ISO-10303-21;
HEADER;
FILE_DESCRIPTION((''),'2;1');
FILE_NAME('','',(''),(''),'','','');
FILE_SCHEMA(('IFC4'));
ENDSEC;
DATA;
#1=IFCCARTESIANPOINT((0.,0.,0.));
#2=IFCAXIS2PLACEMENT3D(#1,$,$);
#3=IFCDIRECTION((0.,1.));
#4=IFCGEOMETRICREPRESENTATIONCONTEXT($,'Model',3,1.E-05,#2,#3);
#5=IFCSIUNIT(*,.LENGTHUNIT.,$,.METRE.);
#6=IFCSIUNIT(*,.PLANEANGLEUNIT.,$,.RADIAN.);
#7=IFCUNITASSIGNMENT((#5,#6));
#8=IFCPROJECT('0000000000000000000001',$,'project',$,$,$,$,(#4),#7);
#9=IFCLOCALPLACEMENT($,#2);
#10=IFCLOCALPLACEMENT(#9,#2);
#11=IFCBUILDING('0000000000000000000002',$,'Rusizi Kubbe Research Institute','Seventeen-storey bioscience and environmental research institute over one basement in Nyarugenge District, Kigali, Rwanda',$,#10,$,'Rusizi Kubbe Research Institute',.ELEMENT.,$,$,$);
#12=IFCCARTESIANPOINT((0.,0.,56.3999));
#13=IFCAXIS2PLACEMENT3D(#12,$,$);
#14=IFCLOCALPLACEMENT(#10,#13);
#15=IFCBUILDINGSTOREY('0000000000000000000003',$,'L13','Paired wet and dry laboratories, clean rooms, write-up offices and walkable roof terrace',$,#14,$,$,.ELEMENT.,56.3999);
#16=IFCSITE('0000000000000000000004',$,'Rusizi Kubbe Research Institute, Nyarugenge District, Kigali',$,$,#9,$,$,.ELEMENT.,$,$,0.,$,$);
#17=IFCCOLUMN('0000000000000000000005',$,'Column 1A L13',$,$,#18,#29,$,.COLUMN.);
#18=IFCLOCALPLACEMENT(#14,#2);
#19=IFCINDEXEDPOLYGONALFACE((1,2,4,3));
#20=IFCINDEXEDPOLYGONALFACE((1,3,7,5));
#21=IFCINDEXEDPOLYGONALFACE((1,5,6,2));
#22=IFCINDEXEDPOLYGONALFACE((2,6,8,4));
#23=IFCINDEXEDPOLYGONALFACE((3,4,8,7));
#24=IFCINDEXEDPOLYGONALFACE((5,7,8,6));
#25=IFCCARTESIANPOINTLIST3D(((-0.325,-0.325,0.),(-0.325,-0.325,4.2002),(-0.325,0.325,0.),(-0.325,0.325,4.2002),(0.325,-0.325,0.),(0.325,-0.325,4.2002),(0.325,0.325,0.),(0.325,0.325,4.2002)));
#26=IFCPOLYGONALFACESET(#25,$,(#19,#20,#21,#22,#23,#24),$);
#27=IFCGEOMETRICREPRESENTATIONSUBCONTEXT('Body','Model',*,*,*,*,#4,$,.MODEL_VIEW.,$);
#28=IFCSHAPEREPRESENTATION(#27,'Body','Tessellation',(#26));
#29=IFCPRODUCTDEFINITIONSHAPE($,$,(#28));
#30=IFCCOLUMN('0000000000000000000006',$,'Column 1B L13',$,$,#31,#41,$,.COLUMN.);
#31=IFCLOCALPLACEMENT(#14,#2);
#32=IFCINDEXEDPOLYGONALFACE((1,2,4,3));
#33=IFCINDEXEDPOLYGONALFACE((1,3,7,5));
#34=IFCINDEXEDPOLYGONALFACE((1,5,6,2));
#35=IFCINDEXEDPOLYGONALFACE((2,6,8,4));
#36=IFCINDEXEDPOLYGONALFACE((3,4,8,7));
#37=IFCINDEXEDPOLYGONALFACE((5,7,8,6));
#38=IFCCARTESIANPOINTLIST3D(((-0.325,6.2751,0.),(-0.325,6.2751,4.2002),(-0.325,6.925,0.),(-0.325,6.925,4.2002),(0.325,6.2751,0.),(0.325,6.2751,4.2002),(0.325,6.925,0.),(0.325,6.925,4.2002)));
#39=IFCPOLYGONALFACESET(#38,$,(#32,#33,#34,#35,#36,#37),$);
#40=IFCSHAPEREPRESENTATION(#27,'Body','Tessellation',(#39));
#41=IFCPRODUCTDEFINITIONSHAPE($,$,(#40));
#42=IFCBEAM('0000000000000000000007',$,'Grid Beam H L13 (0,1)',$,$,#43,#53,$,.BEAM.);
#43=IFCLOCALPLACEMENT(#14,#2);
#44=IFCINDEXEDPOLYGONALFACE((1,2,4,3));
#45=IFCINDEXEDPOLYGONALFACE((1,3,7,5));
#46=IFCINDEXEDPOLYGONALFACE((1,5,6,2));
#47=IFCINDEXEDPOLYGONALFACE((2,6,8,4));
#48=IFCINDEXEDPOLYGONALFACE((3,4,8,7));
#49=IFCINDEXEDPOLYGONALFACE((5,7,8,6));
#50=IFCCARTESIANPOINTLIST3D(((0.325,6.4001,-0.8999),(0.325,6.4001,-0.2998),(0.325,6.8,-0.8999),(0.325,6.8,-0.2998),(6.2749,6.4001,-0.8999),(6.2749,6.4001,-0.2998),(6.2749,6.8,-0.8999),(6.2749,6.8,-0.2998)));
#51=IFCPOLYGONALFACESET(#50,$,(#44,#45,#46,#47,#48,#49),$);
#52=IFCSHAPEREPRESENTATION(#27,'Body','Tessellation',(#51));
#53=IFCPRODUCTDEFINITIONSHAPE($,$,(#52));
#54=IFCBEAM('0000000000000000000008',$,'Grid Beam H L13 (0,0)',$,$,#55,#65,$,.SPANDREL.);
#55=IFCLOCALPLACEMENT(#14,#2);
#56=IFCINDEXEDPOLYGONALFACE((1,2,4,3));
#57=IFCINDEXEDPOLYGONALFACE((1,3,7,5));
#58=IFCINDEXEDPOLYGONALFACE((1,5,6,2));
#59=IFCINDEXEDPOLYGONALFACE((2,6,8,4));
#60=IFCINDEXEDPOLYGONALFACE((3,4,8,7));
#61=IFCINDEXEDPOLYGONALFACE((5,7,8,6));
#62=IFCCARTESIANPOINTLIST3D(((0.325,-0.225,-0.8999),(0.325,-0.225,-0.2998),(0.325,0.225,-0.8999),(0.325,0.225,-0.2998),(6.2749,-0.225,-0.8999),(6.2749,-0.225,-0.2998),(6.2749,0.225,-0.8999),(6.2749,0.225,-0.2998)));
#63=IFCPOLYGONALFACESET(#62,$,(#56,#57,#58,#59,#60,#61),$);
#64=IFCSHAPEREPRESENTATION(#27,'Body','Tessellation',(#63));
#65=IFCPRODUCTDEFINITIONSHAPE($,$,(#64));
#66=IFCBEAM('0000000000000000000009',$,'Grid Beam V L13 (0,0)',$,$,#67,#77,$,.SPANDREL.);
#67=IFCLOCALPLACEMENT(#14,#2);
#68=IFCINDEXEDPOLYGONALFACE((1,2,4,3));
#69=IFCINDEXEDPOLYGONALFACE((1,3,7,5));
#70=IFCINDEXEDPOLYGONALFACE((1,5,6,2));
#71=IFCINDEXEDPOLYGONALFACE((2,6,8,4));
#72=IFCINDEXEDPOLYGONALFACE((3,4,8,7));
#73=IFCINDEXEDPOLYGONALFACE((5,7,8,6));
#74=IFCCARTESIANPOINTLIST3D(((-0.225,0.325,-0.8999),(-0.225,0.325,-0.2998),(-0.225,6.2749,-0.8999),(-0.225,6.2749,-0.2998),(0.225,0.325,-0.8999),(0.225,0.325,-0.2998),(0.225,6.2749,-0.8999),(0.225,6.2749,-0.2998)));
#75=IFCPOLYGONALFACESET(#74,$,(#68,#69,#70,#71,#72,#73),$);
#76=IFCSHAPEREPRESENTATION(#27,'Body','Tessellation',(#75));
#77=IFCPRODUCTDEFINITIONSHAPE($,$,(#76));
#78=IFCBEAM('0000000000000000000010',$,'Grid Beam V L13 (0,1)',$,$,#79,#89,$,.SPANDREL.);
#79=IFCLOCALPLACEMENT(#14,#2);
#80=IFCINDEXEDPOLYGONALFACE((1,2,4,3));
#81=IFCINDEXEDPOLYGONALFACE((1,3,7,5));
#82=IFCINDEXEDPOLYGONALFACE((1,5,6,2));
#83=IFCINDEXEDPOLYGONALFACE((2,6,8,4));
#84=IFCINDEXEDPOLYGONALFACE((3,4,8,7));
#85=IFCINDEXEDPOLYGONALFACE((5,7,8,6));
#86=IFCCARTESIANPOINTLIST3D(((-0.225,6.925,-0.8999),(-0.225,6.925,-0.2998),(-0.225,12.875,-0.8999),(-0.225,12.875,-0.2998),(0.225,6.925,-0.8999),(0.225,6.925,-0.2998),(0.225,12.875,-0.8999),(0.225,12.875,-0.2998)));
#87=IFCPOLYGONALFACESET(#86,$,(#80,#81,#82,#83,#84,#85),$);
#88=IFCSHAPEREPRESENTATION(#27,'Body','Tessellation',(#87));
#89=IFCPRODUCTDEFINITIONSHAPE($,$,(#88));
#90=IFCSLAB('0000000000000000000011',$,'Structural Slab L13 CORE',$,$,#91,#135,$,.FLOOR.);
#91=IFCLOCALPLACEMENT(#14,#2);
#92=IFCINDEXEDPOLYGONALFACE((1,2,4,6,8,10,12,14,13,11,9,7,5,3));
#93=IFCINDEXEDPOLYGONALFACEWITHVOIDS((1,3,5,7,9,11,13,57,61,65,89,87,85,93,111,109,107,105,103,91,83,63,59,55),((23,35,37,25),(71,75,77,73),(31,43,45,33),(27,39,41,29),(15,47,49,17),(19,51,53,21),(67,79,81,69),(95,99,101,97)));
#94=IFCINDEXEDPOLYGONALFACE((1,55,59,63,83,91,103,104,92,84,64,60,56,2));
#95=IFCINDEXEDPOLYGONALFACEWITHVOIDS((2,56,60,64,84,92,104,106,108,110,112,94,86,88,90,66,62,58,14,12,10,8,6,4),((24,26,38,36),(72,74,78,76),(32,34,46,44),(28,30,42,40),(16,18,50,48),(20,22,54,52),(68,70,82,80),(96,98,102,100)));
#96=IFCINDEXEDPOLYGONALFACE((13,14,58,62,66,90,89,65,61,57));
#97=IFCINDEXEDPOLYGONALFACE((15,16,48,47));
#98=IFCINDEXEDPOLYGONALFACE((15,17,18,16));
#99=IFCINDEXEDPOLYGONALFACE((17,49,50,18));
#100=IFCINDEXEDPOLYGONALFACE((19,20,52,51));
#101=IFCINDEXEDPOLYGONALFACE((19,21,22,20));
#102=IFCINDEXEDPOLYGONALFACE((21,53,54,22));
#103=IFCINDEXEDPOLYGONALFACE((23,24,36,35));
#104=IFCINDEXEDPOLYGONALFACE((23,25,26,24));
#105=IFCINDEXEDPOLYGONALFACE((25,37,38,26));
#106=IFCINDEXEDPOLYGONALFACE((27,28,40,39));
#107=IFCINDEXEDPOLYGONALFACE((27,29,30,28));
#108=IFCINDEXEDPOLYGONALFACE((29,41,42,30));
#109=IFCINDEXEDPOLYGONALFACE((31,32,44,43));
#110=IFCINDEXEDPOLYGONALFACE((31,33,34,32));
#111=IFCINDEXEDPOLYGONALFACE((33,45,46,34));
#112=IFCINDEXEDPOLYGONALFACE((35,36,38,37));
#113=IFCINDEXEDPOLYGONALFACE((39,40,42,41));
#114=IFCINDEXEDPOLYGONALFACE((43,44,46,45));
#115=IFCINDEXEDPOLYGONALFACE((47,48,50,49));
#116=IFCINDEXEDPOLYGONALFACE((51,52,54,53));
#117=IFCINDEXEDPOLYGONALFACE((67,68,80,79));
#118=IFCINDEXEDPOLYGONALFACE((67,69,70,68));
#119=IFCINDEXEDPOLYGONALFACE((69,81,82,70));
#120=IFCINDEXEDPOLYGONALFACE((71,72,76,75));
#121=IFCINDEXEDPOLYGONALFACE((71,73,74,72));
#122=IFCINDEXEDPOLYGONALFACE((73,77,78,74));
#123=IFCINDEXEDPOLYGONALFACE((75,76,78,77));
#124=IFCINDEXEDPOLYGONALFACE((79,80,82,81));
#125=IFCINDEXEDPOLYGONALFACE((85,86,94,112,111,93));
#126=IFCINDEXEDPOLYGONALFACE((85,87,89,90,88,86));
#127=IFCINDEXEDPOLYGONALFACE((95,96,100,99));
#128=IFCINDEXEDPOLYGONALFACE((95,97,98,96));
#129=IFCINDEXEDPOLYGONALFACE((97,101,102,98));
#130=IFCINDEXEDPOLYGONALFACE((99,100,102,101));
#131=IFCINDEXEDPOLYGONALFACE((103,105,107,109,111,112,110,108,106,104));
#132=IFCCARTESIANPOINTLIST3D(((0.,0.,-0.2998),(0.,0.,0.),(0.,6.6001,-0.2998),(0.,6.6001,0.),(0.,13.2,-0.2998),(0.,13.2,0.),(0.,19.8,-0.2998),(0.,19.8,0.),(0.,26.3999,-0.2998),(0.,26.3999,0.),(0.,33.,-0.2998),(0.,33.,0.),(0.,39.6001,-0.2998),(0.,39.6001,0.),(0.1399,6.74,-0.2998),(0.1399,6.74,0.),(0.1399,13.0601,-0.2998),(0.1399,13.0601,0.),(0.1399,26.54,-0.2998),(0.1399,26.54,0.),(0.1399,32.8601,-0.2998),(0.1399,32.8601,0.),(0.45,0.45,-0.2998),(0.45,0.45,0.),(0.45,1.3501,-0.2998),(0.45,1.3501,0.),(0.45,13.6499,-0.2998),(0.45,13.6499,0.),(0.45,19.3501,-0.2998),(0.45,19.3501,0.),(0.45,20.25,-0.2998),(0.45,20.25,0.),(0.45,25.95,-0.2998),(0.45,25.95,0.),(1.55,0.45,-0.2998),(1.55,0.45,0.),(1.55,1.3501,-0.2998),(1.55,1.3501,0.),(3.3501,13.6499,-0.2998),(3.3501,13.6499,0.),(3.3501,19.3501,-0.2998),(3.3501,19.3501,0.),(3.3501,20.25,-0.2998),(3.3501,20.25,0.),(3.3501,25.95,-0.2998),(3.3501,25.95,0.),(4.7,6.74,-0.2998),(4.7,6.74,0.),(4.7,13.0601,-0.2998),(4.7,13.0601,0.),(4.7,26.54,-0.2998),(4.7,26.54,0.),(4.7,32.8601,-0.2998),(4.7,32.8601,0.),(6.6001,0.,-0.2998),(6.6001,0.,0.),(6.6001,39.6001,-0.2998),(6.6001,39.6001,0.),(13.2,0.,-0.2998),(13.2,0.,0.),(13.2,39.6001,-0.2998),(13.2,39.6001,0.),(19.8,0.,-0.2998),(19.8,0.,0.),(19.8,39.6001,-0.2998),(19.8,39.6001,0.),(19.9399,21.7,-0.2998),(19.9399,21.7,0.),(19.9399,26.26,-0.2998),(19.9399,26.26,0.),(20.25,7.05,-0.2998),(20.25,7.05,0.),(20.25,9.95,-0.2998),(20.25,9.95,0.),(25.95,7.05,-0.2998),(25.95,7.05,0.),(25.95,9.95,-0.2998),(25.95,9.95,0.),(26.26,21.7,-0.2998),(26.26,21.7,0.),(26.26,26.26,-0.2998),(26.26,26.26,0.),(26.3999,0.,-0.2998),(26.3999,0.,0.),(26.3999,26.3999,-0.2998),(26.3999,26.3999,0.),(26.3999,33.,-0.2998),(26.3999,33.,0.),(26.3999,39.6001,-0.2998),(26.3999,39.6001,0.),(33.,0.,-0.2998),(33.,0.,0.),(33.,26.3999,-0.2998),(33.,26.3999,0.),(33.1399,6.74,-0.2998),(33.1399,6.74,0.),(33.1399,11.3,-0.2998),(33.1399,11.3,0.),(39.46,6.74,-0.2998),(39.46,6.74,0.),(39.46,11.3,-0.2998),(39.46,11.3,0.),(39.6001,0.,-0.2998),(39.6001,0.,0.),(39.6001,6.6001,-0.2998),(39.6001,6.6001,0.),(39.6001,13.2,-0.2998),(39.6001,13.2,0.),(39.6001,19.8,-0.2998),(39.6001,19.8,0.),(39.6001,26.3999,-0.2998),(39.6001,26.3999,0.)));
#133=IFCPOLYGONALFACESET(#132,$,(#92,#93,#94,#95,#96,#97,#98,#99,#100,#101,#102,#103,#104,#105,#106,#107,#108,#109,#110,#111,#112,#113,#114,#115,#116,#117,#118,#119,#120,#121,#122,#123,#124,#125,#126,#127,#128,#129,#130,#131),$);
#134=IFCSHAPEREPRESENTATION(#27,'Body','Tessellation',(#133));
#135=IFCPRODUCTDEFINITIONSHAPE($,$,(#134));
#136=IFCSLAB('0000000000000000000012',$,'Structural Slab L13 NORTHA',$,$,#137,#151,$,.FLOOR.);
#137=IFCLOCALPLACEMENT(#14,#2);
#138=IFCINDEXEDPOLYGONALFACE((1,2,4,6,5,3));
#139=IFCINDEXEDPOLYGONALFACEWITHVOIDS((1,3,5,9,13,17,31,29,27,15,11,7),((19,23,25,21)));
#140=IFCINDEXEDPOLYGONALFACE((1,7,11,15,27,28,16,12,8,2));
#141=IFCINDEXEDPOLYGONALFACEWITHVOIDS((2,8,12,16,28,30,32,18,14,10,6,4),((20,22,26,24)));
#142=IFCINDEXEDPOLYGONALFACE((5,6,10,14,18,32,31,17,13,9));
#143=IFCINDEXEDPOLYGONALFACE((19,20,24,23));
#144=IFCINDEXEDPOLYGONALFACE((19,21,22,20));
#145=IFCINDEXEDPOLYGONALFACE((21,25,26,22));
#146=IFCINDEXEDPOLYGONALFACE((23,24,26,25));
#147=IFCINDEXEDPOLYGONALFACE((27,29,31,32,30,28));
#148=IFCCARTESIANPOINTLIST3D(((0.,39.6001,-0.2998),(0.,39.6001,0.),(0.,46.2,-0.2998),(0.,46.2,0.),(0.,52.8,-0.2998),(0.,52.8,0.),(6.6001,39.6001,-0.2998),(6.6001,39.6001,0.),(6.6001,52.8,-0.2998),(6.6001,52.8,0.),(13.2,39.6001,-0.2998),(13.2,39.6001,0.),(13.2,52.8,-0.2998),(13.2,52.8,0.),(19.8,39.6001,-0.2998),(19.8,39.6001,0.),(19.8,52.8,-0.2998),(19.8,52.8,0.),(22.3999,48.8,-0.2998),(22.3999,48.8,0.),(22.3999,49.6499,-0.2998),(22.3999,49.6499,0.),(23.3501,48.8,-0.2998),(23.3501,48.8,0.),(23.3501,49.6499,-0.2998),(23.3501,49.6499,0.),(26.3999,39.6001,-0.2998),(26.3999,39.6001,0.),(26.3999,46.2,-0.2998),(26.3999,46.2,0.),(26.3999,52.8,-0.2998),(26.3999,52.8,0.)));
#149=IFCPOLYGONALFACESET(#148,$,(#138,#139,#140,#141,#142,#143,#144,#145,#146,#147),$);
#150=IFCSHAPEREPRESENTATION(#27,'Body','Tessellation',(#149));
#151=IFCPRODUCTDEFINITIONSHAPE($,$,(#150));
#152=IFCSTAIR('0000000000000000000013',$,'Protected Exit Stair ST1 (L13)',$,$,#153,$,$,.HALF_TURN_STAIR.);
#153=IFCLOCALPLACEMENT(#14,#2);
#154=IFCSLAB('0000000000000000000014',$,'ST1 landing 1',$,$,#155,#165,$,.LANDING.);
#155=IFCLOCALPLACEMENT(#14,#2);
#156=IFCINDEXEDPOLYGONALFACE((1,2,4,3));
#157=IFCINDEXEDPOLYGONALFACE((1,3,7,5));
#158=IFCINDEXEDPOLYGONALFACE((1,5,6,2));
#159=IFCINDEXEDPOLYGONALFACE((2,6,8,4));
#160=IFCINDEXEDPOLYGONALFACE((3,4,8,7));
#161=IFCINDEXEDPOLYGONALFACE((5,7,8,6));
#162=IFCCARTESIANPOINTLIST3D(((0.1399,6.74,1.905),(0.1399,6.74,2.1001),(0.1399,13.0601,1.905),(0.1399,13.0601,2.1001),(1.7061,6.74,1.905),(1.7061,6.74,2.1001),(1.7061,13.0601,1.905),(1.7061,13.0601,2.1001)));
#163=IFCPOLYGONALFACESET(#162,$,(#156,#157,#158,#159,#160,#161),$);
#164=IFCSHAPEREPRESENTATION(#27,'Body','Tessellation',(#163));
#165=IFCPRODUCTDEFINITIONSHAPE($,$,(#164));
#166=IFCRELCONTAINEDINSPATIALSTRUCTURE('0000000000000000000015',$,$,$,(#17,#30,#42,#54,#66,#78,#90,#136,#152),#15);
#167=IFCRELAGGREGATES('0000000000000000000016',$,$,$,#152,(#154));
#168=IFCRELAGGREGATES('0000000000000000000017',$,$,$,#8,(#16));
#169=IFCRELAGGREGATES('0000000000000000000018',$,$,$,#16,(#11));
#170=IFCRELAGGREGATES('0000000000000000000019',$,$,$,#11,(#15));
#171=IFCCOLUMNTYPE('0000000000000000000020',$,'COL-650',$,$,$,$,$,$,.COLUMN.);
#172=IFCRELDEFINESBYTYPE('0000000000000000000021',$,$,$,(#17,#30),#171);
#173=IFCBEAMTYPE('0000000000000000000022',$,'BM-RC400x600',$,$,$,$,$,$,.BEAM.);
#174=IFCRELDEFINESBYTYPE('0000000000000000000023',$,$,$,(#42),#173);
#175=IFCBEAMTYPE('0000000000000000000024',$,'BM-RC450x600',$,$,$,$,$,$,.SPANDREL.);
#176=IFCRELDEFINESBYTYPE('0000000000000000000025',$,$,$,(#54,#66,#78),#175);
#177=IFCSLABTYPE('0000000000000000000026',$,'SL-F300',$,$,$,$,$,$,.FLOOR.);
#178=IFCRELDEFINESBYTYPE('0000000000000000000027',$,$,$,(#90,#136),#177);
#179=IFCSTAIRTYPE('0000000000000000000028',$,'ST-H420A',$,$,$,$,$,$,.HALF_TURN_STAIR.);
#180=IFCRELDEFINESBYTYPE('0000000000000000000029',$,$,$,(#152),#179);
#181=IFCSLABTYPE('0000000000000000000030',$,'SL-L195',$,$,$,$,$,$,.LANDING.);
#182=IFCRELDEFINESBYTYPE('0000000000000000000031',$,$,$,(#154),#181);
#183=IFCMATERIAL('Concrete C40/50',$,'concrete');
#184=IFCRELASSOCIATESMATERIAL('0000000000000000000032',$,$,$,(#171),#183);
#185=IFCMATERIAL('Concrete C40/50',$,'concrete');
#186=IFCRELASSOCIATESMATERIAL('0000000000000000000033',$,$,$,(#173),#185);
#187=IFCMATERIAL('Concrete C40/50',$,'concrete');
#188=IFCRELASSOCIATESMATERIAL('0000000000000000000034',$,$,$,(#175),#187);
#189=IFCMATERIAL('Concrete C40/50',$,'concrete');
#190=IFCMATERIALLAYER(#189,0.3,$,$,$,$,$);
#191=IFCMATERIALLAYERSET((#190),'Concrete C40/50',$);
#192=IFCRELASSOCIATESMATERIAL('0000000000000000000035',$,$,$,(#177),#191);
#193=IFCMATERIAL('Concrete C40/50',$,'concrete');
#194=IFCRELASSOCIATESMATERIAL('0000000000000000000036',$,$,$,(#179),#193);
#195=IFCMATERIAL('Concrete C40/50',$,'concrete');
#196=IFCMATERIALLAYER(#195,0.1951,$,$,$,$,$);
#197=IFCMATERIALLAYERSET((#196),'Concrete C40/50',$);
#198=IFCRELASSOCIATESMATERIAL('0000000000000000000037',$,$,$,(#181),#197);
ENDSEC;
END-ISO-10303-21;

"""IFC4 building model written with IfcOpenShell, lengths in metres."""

from ifc_helpers import new_model, si_unit, direction, frame, origin, origin_2d, place, context, subcontext, project, spatial, polyline, rectangle, outline, extrude, material, layer, layer_set, material_profile, profile_set, type_object, element, aggregate, save


model = new_model("IFC4")

# Units and contexts
model_context = context("Model", 3, precision=1e-05, world=origin(), true_north=direction((0.0, 1.0)))
body_context = subcontext(model_context, "Body", "Model", "MODEL_VIEW")
ifc_project = project(units=[si_unit("LENGTHUNIT", "METRE"), si_unit("PLANEANGLEUNIT", "RADIAN")], contexts=[model_context])

# Site, building, storey
site_placement = place(None, origin())
site = spatial("IfcSite", under=ifc_project, at=site_placement, Name="Rusizi Kubbe Research Institute, Nyarugenge District, Kigali", CompositionType="ELEMENT", RefElevation=0.0)
building_placement = place(site_placement, origin())
building = spatial("IfcBuilding", under=site, at=building_placement, Name="Rusizi Kubbe Research Institute", Description="Seventeen-storey bioscience and environmental research institute over one basement in Nyarugenge District, Kigali, Rwanda", LongName="Rusizi Kubbe Research Institute", CompositionType="ELEMENT")
storey_placement = place(building_placement, frame((0.0, 0.0, 56.3999)))
storey = spatial("IfcBuildingStorey", under=building, at=storey_placement, Name="L13", Description="Paired wet and dry laboratories, clean rooms, write-up offices and walkable roof terrace", CompositionType="ELEMENT", Elevation=56.3999)

# Columns
ifc_material_1 = material(Name="Concrete C40/50", Category="concrete")
ifc_material_profile_1 = material_profile(ifc_material_1, rectangle(XDim=0.6499, YDim=0.6499, at=origin_2d()), Name="RC650x650")
ifc_profile_set_1 = profile_set([ifc_material_profile_1], Name="Concrete C40/50")
column_type = type_object("IfcColumnType", Name="COL-650", PredefinedType="COLUMN", material=ifc_profile_set_1)
for number, where, z_axis, x_axis, name in (
    (1, (0.0, 0.0, 0.0), (0.0, 0.0, 1.0), (1.0, 0.0, 0.0), "Column 1A L13"),
    (2, (0.0, 6.6001, 0.0), (0.0, 0.0, 1.0), (1.0, 0.0, 0.0), "Column 1B L13"),
):
    element("IfcColumn", number, at=place(storey_placement, frame(where, z_axis=z_axis, x_axis=x_axis)), inside=storey, type_object=column_type, Name=name, PredefinedType="COLUMN", context=body_context, shape_type="SweptSolid", body=[
        extrude(rectangle(XDim=0.6499, YDim=0.6499, at=origin_2d()), origin(), (0.0, 0.0, 1.0), 4.2002),
    ])

# Beams
ifc_material_2 = material(Name="Concrete C40/50", Category="concrete")
ifc_material_profile_2 = material_profile(ifc_material_2, rectangle(XDim=0.3999, YDim=0.6001, at=origin_2d()), Name="RC400x600")
ifc_profile_set_2 = profile_set([ifc_material_profile_2], Name="Concrete C40/50")
beam_type_1 = type_object("IfcBeamType", Name="BM-RC400x600", PredefinedType="BEAM", material=ifc_profile_set_2)
beam_placement = place(storey_placement, frame((0.325, 6.6001, -0.5999), z_axis=(1.0, 0.0, 0.0), x_axis=(0.0, 1.0, 0.0)))
element("IfcBeam", 3, at=beam_placement, inside=storey, type_object=beam_type_1, Name="Grid Beam H L13 (0,1)", PredefinedType="BEAM", context=body_context, shape_type="SweptSolid", body=[
    extrude(rectangle(XDim=0.3999, YDim=0.6001, at=origin_2d()), origin(), (0.0, 0.0, 1.0), 5.95),
])
ifc_material_3 = material(Name="Concrete C40/50", Category="concrete")
ifc_material_profile_3 = material_profile(ifc_material_3, rectangle(XDim=0.45, YDim=0.6001, at=origin_2d()), Name="RC450x600")
ifc_profile_set_3 = profile_set([ifc_material_profile_3], Name="Concrete C40/50")
beam_type_2 = type_object("IfcBeamType", Name="BM-RC450x600", PredefinedType="SPANDREL", material=ifc_profile_set_3)
for number, where, z_axis, x_axis, name in (
    (4, (0.325, 0.0, -0.5999), (1.0, 0.0, 0.0), (0.0, 1.0, 0.0), "Grid Beam H L13 (0,0)"),
    (5, (0.0, 0.325, -0.5999), (0.0, 1.0, 0.0), (-1.0, 0.0, 0.0), "Grid Beam V L13 (0,0)"),
    (6, (0.0, 6.925, -0.5999), (0.0, 1.0, 0.0), (-1.0, 0.0, 0.0), "Grid Beam V L13 (0,1)"),
):
    element("IfcBeam", number, at=place(storey_placement, frame(where, z_axis=z_axis, x_axis=x_axis)), inside=storey, type_object=beam_type_2, Name=name, PredefinedType="SPANDREL", context=body_context, shape_type="SweptSolid", body=[
        extrude(rectangle(XDim=0.45, YDim=0.6001, at=origin_2d()), origin(), (0.0, 0.0, 1.0), 5.95),
    ])

# Slabs
ifc_material_4 = material(Name="Concrete C40/50", Category="concrete")
ifc_layer_1 = layer(ifc_material_4, 0.3)
ifc_layer_set_1 = layer_set([ifc_layer_1], Name="Concrete C40/50")
slab_type_1 = type_object("IfcSlabType", Name="SL-F300", PredefinedType="FLOOR", material=ifc_layer_set_1)
slab_1_placement = place(storey_placement, frame((0.0, 0.0, -0.2998)))
element("IfcSlab", 7, at=slab_1_placement, inside=storey, type_object=slab_type_1, Name="Structural Slab L13 CORE", PredefinedType="FLOOR", context=body_context, shape_type="SweptSolid", body=[
    extrude(outline(polyline([(0.0, 33.0), (0.0, 39.6001), (6.6001, 39.6001), (13.2, 39.6001), (19.8, 39.6001), (26.3999, 39.6001), (26.3999, 33.0), (26.3999, 26.3999), (33.0, 26.3999), (39.6001, 26.3999), (39.6001, 19.8), (39.6001, 13.2), (39.6001, 6.6001), (39.6001, 0.0), (33.0, 0.0), (26.3999, 0.0), (19.8, 0.0), (13.2, 0.0), (6.6001, 0.0), (0.0, 0.0), (0.0, 6.6001), (0.0, 13.2), (0.0, 19.8), (0.0, 26.3999), (0.0, 33.0)]), holes=[polyline([(0.45, 1.3501), (0.45, 0.45), (1.55, 0.45), (1.55, 1.3501), (0.45, 1.3501)]), polyline([(20.25, 9.95), (20.25, 7.05), (25.95, 7.05), (25.95, 9.95), (20.25, 9.95)]), polyline([(33.1399, 11.3), (33.1399, 6.74), (39.46, 6.74), (39.46, 11.3), (33.1399, 11.3)]), polyline([(0.1399, 13.0601), (0.1399, 6.74), (4.7, 6.74), (4.7, 13.0601), (0.1399, 13.0601)]), polyline([(0.45, 19.3501), (0.45, 13.6499), (3.3501, 13.6499), (3.3501, 19.3501), (0.45, 19.3501)]), polyline([(0.45, 25.95), (0.45, 20.25), (3.3501, 20.25), (3.3501, 25.95), (0.45, 25.95)]), polyline([(19.9399, 26.26), (19.9399, 21.7), (26.26, 21.7), (26.26, 26.26), (19.9399, 26.26)]), polyline([(0.1399, 32.8601), (0.1399, 26.54), (4.7, 26.54), (4.7, 32.8601), (0.1399, 32.8601)])]), origin(), (0.0, 0.0, 1.0), 0.2998),
])
slab_2_placement = place(storey_placement, frame((0.0, 0.0, -0.2998)))
element("IfcSlab", 8, at=slab_2_placement, inside=storey, type_object=slab_type_1, Name="Structural Slab L13 NORTHA", PredefinedType="FLOOR", context=body_context, shape_type="SweptSolid", body=[
    extrude(outline(polyline([(19.8, 39.6001), (13.2, 39.6001), (6.6001, 39.6001), (0.0, 39.6001), (0.0, 46.2), (0.0, 52.8), (6.6001, 52.8), (13.2, 52.8), (19.8, 52.8), (26.3999, 52.8), (26.3999, 46.2), (26.3999, 39.6001), (19.8, 39.6001)]), holes=[polyline([(23.3501, 49.6499), (22.3999, 49.6499), (22.3999, 48.8), (23.3501, 48.8), (23.3501, 49.6499)])]), origin(), (0.0, 0.0, 1.0), 0.2998),
])

# Stair, slab
ifc_material_5 = material(Name="Concrete C40/50", Category="concrete")
stair_type_1 = type_object("IfcStairType", Name="ST-H420A", PredefinedType="HALF_TURN_STAIR", material=ifc_material_5)
stair_1_placement = place(storey_placement, origin())
stair_1 = element("IfcStair", 9, at=stair_1_placement, inside=storey, type_object=stair_type_1, Name="Protected Exit Stair ST1 (L13)", PredefinedType="HALF_TURN_STAIR")
ifc_material_6 = material(Name="Concrete C40/50", Category="concrete")
ifc_layer_2 = layer(ifc_material_6, 0.1951)
ifc_layer_set_2 = layer_set([ifc_layer_2], Name="Concrete C40/50")
slab_type_2 = type_object("IfcSlabType", Name="SL-L195", PredefinedType="LANDING", material=ifc_layer_set_2)
slab_3_placement = place(storey_placement, frame((0.0, 0.0, 1.905)))
slab_3 = element("IfcSlab", 10, at=slab_3_placement, type_object=slab_type_2, Name="ST1 landing 1", PredefinedType="LANDING", context=body_context, shape_type="SweptSolid", body=[
    extrude(outline(polyline([(1.7061, 13.0601), (0.1399, 13.0601), (0.1399, 6.74), (1.7061, 6.74), (1.7061, 13.0601)])), origin(), (0.0, 0.0, 1.0), 0.1951),
])
aggregate(stair_1, [slab_3])

save(model, "model.ifc")
